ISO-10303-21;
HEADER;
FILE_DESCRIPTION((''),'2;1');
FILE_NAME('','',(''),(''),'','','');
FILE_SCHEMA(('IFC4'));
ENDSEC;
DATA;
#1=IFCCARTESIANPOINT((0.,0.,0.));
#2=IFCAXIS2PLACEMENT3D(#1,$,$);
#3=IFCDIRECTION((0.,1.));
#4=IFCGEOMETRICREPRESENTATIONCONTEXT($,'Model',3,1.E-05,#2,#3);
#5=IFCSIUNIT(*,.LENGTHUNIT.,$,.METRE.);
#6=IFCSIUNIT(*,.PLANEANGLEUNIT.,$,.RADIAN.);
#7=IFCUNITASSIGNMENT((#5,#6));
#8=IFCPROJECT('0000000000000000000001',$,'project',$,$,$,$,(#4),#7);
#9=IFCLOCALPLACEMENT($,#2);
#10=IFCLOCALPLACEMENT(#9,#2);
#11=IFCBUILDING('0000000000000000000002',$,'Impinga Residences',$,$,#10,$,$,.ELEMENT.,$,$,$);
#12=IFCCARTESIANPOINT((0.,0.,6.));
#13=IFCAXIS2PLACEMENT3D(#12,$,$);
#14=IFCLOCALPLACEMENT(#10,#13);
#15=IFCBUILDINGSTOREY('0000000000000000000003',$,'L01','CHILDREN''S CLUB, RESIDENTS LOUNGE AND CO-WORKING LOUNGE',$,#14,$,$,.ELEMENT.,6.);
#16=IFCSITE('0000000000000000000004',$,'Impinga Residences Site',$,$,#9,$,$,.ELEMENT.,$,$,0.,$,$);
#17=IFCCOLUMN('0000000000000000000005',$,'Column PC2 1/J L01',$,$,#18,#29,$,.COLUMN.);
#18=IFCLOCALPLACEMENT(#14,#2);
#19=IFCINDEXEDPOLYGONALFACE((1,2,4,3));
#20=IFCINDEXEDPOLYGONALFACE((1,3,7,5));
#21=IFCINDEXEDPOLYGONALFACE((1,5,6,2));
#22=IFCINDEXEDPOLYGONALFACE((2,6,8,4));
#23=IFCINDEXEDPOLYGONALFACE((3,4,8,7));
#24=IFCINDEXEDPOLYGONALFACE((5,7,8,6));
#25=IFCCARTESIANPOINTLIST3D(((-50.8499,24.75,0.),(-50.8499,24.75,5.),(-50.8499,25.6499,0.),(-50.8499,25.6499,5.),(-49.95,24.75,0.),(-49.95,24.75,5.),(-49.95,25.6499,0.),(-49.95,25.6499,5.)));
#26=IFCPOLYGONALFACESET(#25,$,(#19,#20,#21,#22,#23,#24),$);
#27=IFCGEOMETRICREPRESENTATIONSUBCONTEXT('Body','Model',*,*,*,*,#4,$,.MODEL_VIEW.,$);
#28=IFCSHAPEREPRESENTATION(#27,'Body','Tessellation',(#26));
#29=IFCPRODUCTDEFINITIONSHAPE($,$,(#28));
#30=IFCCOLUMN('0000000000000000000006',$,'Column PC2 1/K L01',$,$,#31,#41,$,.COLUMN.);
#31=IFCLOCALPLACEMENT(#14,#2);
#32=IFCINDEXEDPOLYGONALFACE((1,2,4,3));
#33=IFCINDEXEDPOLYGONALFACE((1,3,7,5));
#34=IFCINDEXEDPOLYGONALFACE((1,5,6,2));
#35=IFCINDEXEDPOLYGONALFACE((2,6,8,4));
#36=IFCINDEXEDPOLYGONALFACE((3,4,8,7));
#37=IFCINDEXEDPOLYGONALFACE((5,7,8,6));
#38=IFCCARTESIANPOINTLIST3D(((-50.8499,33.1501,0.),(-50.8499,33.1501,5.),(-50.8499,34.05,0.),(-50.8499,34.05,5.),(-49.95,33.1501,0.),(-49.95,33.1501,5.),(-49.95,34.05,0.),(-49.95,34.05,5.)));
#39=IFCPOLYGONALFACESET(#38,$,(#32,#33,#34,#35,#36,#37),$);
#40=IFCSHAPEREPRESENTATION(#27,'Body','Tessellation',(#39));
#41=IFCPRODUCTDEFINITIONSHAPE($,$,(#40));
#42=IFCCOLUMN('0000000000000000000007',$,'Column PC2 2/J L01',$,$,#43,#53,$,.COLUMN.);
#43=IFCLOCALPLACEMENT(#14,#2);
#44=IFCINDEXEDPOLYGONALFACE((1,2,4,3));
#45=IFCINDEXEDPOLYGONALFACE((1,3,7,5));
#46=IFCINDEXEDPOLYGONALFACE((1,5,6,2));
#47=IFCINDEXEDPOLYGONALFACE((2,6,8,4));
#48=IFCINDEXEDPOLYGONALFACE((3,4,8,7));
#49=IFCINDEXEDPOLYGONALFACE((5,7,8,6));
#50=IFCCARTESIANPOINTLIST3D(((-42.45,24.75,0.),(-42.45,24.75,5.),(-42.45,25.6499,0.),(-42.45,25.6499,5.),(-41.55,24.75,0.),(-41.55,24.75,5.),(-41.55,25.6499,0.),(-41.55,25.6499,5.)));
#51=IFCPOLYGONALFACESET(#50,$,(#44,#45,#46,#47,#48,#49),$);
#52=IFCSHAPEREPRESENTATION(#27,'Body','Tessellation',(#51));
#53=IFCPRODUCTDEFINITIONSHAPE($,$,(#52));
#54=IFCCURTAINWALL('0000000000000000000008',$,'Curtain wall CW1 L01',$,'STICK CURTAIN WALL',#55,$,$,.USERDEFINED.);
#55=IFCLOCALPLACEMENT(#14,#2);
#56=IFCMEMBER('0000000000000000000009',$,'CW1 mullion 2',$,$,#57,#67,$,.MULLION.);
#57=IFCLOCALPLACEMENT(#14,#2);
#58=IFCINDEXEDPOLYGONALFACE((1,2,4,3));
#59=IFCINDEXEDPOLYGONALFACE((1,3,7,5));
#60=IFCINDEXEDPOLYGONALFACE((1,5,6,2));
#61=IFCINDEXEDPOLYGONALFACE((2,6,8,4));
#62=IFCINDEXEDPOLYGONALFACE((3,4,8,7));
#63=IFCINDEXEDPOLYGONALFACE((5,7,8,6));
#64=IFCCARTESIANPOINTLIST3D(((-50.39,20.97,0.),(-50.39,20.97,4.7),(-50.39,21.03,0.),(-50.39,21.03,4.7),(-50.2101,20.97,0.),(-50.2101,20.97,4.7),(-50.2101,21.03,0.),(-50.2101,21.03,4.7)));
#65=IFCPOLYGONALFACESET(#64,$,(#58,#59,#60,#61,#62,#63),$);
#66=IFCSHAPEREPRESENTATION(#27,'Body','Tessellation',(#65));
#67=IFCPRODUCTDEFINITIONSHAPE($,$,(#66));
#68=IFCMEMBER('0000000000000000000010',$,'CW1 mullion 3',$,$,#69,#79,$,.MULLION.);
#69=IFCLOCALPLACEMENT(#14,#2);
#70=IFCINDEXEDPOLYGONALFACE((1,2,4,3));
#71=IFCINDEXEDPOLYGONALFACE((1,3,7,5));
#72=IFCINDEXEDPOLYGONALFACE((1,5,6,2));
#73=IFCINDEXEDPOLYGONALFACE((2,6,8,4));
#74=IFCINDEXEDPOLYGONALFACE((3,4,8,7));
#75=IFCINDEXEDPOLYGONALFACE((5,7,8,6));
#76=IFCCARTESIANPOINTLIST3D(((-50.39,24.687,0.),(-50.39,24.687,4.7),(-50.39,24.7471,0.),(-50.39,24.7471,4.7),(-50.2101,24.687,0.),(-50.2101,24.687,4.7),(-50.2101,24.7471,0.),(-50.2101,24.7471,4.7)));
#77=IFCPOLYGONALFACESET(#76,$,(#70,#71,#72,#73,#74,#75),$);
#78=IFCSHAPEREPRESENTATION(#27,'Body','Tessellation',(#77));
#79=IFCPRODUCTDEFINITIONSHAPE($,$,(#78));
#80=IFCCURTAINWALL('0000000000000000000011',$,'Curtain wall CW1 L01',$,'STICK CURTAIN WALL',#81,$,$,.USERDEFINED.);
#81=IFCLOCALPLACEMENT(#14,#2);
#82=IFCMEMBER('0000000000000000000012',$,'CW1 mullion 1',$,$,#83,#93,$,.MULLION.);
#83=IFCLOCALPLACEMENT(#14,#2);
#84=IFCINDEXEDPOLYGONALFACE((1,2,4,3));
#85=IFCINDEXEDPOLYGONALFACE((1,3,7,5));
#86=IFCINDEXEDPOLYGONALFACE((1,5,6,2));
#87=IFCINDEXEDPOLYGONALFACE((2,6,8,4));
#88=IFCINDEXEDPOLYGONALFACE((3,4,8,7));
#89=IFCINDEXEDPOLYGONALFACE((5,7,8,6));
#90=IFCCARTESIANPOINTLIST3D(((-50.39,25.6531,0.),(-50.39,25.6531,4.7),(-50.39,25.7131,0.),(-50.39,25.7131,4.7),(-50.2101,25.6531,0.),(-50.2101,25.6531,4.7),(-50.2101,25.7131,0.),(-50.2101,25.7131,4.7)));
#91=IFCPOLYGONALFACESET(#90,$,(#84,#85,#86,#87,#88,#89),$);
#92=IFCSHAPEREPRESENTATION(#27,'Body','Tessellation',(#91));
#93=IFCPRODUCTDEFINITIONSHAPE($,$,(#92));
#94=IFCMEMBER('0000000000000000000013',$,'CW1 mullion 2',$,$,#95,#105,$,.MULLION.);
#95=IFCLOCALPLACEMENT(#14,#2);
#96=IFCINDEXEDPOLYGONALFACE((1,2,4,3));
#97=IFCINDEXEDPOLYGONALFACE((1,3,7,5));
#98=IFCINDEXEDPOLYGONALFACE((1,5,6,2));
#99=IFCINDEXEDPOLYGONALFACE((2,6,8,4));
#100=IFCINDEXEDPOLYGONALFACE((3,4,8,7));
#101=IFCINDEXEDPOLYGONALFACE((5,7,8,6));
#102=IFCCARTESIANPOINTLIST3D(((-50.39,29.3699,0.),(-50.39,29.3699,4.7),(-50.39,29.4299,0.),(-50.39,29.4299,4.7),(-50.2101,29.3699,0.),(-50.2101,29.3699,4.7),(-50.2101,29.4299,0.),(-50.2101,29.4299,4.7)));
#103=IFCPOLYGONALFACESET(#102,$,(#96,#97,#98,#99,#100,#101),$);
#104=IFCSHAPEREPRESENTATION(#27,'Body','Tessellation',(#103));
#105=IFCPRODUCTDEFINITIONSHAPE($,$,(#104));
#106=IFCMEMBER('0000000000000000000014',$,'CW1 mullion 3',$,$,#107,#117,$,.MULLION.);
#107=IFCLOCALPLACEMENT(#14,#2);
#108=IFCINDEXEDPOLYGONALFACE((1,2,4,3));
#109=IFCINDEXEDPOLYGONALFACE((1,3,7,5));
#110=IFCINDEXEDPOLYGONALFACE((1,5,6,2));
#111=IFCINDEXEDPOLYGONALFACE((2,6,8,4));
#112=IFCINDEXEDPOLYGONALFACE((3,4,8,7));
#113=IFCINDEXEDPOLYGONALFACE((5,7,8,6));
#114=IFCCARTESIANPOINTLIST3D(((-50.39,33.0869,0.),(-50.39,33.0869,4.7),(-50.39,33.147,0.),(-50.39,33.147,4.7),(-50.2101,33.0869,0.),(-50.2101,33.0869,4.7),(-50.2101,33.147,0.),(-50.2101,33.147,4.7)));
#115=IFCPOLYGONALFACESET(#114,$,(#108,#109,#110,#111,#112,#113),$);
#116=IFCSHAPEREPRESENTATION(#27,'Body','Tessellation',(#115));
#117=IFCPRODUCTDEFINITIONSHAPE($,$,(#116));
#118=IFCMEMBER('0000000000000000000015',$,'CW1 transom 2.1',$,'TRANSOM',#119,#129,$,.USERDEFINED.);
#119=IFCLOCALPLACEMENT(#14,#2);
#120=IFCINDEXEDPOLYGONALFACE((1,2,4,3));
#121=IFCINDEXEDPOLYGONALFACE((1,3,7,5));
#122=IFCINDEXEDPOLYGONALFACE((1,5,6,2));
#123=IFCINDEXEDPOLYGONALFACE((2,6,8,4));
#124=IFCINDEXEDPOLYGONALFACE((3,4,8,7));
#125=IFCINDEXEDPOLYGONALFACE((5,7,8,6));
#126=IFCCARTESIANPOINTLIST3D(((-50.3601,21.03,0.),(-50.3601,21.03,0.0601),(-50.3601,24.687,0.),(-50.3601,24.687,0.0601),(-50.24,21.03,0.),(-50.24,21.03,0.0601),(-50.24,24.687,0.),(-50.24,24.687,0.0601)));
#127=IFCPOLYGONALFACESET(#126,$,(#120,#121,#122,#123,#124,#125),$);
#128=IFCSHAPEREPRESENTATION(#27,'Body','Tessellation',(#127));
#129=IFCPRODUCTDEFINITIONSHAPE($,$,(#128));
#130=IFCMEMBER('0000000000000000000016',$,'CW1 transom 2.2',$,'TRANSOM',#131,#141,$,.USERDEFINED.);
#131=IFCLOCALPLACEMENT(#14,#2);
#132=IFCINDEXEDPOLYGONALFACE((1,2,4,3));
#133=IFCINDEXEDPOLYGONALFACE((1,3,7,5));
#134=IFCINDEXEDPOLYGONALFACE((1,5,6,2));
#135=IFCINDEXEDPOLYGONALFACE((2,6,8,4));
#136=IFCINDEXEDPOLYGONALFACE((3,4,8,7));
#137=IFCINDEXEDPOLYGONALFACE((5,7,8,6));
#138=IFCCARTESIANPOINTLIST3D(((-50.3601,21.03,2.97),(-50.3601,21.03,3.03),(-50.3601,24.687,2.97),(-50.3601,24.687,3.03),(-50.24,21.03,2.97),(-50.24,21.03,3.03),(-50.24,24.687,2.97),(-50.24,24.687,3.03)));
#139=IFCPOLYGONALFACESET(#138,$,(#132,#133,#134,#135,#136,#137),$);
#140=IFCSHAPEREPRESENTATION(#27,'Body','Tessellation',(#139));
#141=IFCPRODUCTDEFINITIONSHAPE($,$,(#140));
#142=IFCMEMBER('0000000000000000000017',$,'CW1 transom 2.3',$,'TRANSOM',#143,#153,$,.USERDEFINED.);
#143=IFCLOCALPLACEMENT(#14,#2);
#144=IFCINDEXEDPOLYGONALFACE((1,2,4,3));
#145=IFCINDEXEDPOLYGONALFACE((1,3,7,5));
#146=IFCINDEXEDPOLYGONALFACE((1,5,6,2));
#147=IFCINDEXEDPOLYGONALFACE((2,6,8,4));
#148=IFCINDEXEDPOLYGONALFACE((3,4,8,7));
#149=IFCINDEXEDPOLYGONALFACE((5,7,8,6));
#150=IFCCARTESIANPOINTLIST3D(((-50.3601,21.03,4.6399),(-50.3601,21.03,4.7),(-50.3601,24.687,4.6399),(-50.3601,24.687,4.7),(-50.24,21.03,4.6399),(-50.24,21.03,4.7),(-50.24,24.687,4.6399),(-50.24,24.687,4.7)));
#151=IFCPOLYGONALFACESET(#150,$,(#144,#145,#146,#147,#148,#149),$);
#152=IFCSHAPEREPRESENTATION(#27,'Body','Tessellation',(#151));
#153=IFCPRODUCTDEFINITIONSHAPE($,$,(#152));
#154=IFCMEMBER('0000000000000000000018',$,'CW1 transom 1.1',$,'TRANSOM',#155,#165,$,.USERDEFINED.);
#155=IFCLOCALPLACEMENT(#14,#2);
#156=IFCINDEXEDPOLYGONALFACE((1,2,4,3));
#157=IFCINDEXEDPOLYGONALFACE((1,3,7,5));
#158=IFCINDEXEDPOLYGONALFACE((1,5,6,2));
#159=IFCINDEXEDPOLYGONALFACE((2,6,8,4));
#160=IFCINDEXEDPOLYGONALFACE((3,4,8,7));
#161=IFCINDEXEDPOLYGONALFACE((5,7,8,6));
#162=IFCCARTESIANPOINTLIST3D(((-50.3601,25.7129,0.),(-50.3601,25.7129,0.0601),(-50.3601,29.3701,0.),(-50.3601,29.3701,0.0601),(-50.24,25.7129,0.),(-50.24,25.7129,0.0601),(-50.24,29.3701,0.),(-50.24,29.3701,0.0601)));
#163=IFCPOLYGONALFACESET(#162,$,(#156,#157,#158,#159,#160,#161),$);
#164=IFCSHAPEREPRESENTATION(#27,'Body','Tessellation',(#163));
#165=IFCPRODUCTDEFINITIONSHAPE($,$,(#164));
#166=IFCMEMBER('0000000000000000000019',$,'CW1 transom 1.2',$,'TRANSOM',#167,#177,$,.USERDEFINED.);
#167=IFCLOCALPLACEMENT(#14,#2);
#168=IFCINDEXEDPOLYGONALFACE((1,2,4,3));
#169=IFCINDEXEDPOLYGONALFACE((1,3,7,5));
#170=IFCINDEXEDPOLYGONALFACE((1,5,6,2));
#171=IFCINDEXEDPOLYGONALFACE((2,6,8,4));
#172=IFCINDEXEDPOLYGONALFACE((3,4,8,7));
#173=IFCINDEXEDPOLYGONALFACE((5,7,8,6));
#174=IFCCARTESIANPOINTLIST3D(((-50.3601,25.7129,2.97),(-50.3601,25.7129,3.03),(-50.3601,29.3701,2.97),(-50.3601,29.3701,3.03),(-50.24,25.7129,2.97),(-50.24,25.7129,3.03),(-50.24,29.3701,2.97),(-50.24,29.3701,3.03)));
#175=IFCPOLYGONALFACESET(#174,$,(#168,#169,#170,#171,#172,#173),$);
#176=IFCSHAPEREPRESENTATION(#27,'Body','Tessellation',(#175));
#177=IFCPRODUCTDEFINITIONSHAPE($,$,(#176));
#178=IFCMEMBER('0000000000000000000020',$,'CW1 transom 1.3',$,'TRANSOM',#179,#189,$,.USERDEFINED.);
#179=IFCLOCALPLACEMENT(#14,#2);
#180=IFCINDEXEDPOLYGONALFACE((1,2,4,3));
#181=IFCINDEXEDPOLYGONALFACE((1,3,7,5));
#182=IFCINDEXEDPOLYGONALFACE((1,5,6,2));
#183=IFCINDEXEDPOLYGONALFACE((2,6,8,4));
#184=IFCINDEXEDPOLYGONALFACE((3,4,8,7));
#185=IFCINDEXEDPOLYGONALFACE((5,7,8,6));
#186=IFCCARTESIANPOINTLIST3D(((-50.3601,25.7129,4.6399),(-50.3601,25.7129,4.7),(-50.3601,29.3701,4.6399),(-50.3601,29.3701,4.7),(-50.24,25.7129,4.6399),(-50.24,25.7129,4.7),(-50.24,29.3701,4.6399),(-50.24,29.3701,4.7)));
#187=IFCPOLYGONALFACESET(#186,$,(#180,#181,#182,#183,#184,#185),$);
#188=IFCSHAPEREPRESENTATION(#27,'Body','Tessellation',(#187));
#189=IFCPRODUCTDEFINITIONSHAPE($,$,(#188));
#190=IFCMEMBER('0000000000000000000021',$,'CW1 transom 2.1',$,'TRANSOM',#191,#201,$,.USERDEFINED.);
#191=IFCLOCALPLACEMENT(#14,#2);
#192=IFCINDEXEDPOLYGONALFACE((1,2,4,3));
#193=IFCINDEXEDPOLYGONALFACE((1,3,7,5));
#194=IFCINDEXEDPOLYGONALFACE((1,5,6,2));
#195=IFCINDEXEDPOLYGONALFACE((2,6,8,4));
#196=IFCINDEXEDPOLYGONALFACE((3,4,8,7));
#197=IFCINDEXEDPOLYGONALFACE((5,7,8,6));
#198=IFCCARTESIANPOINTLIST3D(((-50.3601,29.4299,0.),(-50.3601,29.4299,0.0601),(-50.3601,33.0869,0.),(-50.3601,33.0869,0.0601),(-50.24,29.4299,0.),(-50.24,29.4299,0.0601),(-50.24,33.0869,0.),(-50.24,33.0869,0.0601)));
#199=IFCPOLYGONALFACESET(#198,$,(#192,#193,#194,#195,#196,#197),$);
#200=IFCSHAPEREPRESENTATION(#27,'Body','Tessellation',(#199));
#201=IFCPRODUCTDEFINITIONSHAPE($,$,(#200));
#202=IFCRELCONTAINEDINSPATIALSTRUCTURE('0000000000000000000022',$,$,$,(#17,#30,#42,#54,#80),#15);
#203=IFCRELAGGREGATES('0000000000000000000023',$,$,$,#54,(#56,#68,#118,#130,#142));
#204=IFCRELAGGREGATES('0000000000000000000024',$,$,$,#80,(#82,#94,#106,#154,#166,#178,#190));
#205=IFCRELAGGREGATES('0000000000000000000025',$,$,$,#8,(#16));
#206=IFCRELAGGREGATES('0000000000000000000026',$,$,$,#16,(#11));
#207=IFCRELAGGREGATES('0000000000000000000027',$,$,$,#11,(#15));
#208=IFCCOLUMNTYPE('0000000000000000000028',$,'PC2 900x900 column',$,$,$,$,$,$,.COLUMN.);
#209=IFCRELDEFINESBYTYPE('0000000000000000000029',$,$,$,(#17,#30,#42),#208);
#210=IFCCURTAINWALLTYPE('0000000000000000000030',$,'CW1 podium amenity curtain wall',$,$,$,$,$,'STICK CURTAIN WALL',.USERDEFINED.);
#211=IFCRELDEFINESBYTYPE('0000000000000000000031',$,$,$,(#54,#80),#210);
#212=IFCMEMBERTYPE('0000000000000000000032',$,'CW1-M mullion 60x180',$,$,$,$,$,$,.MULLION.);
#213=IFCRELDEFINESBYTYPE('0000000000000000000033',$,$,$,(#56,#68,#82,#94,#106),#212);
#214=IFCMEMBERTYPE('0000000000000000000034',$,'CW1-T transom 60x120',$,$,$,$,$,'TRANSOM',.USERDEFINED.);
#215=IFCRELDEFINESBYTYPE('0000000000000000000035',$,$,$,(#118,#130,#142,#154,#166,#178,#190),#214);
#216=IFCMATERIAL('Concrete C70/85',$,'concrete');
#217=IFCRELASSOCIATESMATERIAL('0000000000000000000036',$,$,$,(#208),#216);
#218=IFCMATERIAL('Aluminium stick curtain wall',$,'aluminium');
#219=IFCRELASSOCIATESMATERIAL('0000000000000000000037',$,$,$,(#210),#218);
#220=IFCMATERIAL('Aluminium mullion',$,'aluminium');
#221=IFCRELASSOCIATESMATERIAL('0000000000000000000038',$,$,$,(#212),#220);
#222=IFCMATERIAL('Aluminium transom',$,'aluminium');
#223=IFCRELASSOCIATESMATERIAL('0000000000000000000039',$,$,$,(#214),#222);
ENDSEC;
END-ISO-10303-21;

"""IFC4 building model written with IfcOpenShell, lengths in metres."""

from ifc_helpers import new_model, si_unit, direction, frame, origin, origin_2d, place, context, subcontext, project, spatial, rectangle, extrude, material, material_profile, profile_set, type_object, element, aggregate, save


model = new_model("IFC4")

# Units and contexts
model_context = context("Model", 3, precision=1e-05, world=origin(), true_north=direction((0.0, 1.0)))
body_context = subcontext(model_context, "Body", "Model", "MODEL_VIEW")
ifc_project = project(units=[si_unit("LENGTHUNIT", "METRE"), si_unit("PLANEANGLEUNIT", "RADIAN")], contexts=[model_context])

# Site, building, storey
site_placement = place(None, origin())
site = spatial("IfcSite", under=ifc_project, at=site_placement, Name="Impinga Residences Site", CompositionType="ELEMENT", RefElevation=0.0)
building_placement = place(site_placement, origin())
building = spatial("IfcBuilding", under=site, at=building_placement, Name="Impinga Residences", CompositionType="ELEMENT")
storey_placement = place(building_placement, frame((0.0, 0.0, 6.0)))
storey = spatial("IfcBuildingStorey", under=building, at=storey_placement, Name="L01", Description="CHILDREN'S CLUB, RESIDENTS LOUNGE AND CO-WORKING LOUNGE", CompositionType="ELEMENT", Elevation=6.0)

# Columns
ifc_material_1 = material(Name="Concrete C70/85", Category="concrete")
ifc_material_profile_1 = material_profile(ifc_material_1, rectangle(XDim=0.8999, YDim=0.8999, at=origin_2d()), Name="RC 900x900")
ifc_profile_set_1 = profile_set([ifc_material_profile_1], Name="Concrete C70/85")
column_type = type_object("IfcColumnType", Name="PC2 900x900 column", PredefinedType="COLUMN", material=ifc_profile_set_1)
for number, where, z_axis, x_axis, name in (
    (1, (-50.3999, 25.2, 0.0), (0.0, 0.0, 1.0), (1.0, 0.0, 0.0), "Column PC2 1/J L01"),
    (2, (-50.3999, 33.6001, 0.0), (0.0, 0.0, 1.0), (1.0, 0.0, 0.0), "Column PC2 1/K L01"),
    (3, (-42.0, 25.2, 0.0), (0.0, 0.0, 1.0), (1.0, 0.0, 0.0), "Column PC2 2/J L01"),
):
    element("IfcColumn", number, at=place(storey_placement, frame(where, z_axis=z_axis, x_axis=x_axis)), inside=storey, type_object=column_type, Name=name, PredefinedType="COLUMN", context=body_context, shape_type="SweptSolid", body=[
        extrude(rectangle(XDim=0.8999, YDim=0.8999, at=origin_2d()), origin(), (0.0, 0.0, 1.0), 5.0),
    ])

# Curtain walls, members
ifc_material_2 = material(Name="Aluminium stick curtain wall", Category="aluminium")
curtain_wall_type = type_object("IfcCurtainWallType", Name="CW1 podium amenity curtain wall", ElementType="STICK CURTAIN WALL", PredefinedType="USERDEFINED", material=ifc_material_2)
curtain_wall_1_placement = place(storey_placement, origin())
curtain_wall_1 = element("IfcCurtainWall", 4, at=curtain_wall_1_placement, inside=storey, type_object=curtain_wall_type, Name="Curtain wall CW1 L01", ObjectType="STICK CURTAIN WALL", PredefinedType="USERDEFINED")
ifc_material_3 = material(Name="Aluminium mullion", Category="aluminium")
ifc_material_profile_2 = material_profile(ifc_material_3, rectangle(XDim=0.0601, YDim=0.1799, at=origin_2d()), Name="60x180 mullion")
ifc_profile_set_2 = profile_set([ifc_material_profile_2], Name="Aluminium mullion")
member_type_1 = type_object("IfcMemberType", Name="CW1-M mullion 60x180", PredefinedType="MULLION", material=ifc_profile_set_2)
member_1_placement = place(storey_placement, frame((-50.3, 21.0, 0.0), z_axis=(0.0, 0.0, 1.0), x_axis=(0.0, 1.0, 0.0)))
member_1 = element("IfcMember", 5, at=member_1_placement, type_object=member_type_1, Name="CW1 mullion 2", PredefinedType="MULLION", context=body_context, shape_type="SweptSolid", body=[
    extrude(rectangle(XDim=0.0601, YDim=0.1799, at=origin_2d()), origin(), (0.0, 0.0, 1.0), 4.7),
])
member_2_placement = place(storey_placement, frame((-50.3, 24.717, 0.0), z_axis=(0.0, 0.0, 1.0), x_axis=(0.0, 1.0, 0.0)))
member_2 = element("IfcMember", 6, at=member_2_placement, type_object=member_type_1, Name="CW1 mullion 3", PredefinedType="MULLION", context=body_context, shape_type="SweptSolid", body=[
    extrude(rectangle(XDim=0.0601, YDim=0.1799, at=origin_2d()), origin(), (0.0, 0.0, 1.0), 4.7),
])
curtain_wall_2_placement = place(storey_placement, origin())
curtain_wall_2 = element("IfcCurtainWall", 7, at=curtain_wall_2_placement, inside=storey, type_object=curtain_wall_type, Name="Curtain wall CW1 L01", ObjectType="STICK CURTAIN WALL", PredefinedType="USERDEFINED")
member_3_placement = place(storey_placement, frame((-50.3, 25.6831, 0.0), z_axis=(0.0, 0.0, 1.0), x_axis=(0.0, 1.0, 0.0)))
member_3 = element("IfcMember", 8, at=member_3_placement, type_object=member_type_1, Name="CW1 mullion 1", PredefinedType="MULLION", context=body_context, shape_type="SweptSolid", body=[
    extrude(rectangle(XDim=0.0601, YDim=0.1799, at=origin_2d()), origin(), (0.0, 0.0, 1.0), 4.7),
])
member_4_placement = place(storey_placement, frame((-50.3, 29.3999, 0.0), z_axis=(0.0, 0.0, 1.0), x_axis=(0.0, 1.0, 0.0)))
member_4 = element("IfcMember", 9, at=member_4_placement, type_object=member_type_1, Name="CW1 mullion 2", PredefinedType="MULLION", context=body_context, shape_type="SweptSolid", body=[
    extrude(rectangle(XDim=0.0601, YDim=0.1799, at=origin_2d()), origin(), (0.0, 0.0, 1.0), 4.7),
])
member_5_placement = place(storey_placement, frame((-50.3, 33.1169, 0.0), z_axis=(0.0, 0.0, 1.0), x_axis=(0.0, 1.0, 0.0)))
member_5 = element("IfcMember", 10, at=member_5_placement, type_object=member_type_1, Name="CW1 mullion 3", PredefinedType="MULLION", context=body_context, shape_type="SweptSolid", body=[
    extrude(rectangle(XDim=0.0601, YDim=0.1799, at=origin_2d()), origin(), (0.0, 0.0, 1.0), 4.7),
])

# Members
ifc_material_4 = material(Name="Aluminium transom", Category="aluminium")
ifc_material_profile_3 = material_profile(ifc_material_4, rectangle(XDim=0.0601, YDim=0.1201, at=origin_2d()), Name="60x120 transom")
ifc_profile_set_3 = profile_set([ifc_material_profile_3], Name="Aluminium transom")
member_type_2 = type_object("IfcMemberType", Name="CW1-T transom 60x120", ElementType="TRANSOM", PredefinedType="USERDEFINED", material=ifc_profile_set_3)
member_6_placement = place(storey_placement, frame((-50.3, 21.03, 0.03), z_axis=(0.0, 1.0, 0.0), x_axis=(0.0, 0.0, 1.0)))
member_6 = element("IfcMember", 11, at=member_6_placement, type_object=member_type_2, Name="CW1 transom 2.1", ObjectType="TRANSOM", PredefinedType="USERDEFINED", context=body_context, shape_type="SweptSolid", body=[
    extrude(rectangle(XDim=0.0601, YDim=0.1201, at=origin_2d()), origin(), (0.0, 0.0, 1.0), 3.657),
])
member_7_placement = place(storey_placement, frame((-50.3, 21.03, 3.0), z_axis=(0.0, 1.0, 0.0), x_axis=(0.0, 0.0, 1.0)))
member_7 = element("IfcMember", 12, at=member_7_placement, type_object=member_type_2, Name="CW1 transom 2.2", ObjectType="TRANSOM", PredefinedType="USERDEFINED", context=body_context, shape_type="SweptSolid", body=[
    extrude(rectangle(XDim=0.0601, YDim=0.1201, at=origin_2d()), origin(), (0.0, 0.0, 1.0), 3.657),
])
member_8_placement = place(storey_placement, frame((-50.3, 21.03, 4.6699), z_axis=(0.0, 1.0, 0.0), x_axis=(0.0, 0.0, 1.0)))
member_8 = element("IfcMember", 13, at=member_8_placement, type_object=member_type_2, Name="CW1 transom 2.3", ObjectType="TRANSOM", PredefinedType="USERDEFINED", context=body_context, shape_type="SweptSolid", body=[
    extrude(rectangle(XDim=0.0601, YDim=0.1201, at=origin_2d()), origin(), (0.0, 0.0, 1.0), 3.657),
])
member_9_placement = place(storey_placement, frame((-50.3, 25.7129, 0.03), z_axis=(0.0, 1.0, 0.0), x_axis=(0.0, 0.0, 1.0)))
member_9 = element("IfcMember", 14, at=member_9_placement, type_object=member_type_2, Name="CW1 transom 1.1", ObjectType="TRANSOM", PredefinedType="USERDEFINED", context=body_context, shape_type="SweptSolid", body=[
    extrude(rectangle(XDim=0.0601, YDim=0.1201, at=origin_2d()), origin(), (0.0, 0.0, 1.0), 3.6572),
])
member_10_placement = place(storey_placement, frame((-50.3, 25.7129, 3.0), z_axis=(0.0, 1.0, 0.0), x_axis=(0.0, 0.0, 1.0)))
member_10 = element("IfcMember", 15, at=member_10_placement, type_object=member_type_2, Name="CW1 transom 1.2", ObjectType="TRANSOM", PredefinedType="USERDEFINED", context=body_context, shape_type="SweptSolid", body=[
    extrude(rectangle(XDim=0.0601, YDim=0.1201, at=origin_2d()), origin(), (0.0, 0.0, 1.0), 3.6572),
])
member_11_placement = place(storey_placement, frame((-50.3, 25.7129, 4.6699), z_axis=(0.0, 1.0, 0.0), x_axis=(0.0, 0.0, 1.0)))
member_11 = element("IfcMember", 16, at=member_11_placement, type_object=member_type_2, Name="CW1 transom 1.3", ObjectType="TRANSOM", PredefinedType="USERDEFINED", context=body_context, shape_type="SweptSolid", body=[
    extrude(rectangle(XDim=0.0601, YDim=0.1201, at=origin_2d()), origin(), (0.0, 0.0, 1.0), 3.6572),
])
member_12_placement = place(storey_placement, frame((-50.3, 29.4299, 0.03), z_axis=(0.0, 1.0, 0.0), x_axis=(0.0, 0.0, 1.0)))
member_12 = element("IfcMember", 17, at=member_12_placement, type_object=member_type_2, Name="CW1 transom 2.1", ObjectType="TRANSOM", PredefinedType="USERDEFINED", context=body_context, shape_type="SweptSolid", body=[
    extrude(rectangle(XDim=0.0601, YDim=0.1201, at=origin_2d()), origin(), (0.0, 0.0, 1.0), 3.657),
])

aggregate(curtain_wall_1, [member_1, member_2, member_6, member_7, member_8])
aggregate(curtain_wall_2, [member_3, member_4, member_5, member_9, member_10, member_11, member_12])

save(model, "model.ifc")
